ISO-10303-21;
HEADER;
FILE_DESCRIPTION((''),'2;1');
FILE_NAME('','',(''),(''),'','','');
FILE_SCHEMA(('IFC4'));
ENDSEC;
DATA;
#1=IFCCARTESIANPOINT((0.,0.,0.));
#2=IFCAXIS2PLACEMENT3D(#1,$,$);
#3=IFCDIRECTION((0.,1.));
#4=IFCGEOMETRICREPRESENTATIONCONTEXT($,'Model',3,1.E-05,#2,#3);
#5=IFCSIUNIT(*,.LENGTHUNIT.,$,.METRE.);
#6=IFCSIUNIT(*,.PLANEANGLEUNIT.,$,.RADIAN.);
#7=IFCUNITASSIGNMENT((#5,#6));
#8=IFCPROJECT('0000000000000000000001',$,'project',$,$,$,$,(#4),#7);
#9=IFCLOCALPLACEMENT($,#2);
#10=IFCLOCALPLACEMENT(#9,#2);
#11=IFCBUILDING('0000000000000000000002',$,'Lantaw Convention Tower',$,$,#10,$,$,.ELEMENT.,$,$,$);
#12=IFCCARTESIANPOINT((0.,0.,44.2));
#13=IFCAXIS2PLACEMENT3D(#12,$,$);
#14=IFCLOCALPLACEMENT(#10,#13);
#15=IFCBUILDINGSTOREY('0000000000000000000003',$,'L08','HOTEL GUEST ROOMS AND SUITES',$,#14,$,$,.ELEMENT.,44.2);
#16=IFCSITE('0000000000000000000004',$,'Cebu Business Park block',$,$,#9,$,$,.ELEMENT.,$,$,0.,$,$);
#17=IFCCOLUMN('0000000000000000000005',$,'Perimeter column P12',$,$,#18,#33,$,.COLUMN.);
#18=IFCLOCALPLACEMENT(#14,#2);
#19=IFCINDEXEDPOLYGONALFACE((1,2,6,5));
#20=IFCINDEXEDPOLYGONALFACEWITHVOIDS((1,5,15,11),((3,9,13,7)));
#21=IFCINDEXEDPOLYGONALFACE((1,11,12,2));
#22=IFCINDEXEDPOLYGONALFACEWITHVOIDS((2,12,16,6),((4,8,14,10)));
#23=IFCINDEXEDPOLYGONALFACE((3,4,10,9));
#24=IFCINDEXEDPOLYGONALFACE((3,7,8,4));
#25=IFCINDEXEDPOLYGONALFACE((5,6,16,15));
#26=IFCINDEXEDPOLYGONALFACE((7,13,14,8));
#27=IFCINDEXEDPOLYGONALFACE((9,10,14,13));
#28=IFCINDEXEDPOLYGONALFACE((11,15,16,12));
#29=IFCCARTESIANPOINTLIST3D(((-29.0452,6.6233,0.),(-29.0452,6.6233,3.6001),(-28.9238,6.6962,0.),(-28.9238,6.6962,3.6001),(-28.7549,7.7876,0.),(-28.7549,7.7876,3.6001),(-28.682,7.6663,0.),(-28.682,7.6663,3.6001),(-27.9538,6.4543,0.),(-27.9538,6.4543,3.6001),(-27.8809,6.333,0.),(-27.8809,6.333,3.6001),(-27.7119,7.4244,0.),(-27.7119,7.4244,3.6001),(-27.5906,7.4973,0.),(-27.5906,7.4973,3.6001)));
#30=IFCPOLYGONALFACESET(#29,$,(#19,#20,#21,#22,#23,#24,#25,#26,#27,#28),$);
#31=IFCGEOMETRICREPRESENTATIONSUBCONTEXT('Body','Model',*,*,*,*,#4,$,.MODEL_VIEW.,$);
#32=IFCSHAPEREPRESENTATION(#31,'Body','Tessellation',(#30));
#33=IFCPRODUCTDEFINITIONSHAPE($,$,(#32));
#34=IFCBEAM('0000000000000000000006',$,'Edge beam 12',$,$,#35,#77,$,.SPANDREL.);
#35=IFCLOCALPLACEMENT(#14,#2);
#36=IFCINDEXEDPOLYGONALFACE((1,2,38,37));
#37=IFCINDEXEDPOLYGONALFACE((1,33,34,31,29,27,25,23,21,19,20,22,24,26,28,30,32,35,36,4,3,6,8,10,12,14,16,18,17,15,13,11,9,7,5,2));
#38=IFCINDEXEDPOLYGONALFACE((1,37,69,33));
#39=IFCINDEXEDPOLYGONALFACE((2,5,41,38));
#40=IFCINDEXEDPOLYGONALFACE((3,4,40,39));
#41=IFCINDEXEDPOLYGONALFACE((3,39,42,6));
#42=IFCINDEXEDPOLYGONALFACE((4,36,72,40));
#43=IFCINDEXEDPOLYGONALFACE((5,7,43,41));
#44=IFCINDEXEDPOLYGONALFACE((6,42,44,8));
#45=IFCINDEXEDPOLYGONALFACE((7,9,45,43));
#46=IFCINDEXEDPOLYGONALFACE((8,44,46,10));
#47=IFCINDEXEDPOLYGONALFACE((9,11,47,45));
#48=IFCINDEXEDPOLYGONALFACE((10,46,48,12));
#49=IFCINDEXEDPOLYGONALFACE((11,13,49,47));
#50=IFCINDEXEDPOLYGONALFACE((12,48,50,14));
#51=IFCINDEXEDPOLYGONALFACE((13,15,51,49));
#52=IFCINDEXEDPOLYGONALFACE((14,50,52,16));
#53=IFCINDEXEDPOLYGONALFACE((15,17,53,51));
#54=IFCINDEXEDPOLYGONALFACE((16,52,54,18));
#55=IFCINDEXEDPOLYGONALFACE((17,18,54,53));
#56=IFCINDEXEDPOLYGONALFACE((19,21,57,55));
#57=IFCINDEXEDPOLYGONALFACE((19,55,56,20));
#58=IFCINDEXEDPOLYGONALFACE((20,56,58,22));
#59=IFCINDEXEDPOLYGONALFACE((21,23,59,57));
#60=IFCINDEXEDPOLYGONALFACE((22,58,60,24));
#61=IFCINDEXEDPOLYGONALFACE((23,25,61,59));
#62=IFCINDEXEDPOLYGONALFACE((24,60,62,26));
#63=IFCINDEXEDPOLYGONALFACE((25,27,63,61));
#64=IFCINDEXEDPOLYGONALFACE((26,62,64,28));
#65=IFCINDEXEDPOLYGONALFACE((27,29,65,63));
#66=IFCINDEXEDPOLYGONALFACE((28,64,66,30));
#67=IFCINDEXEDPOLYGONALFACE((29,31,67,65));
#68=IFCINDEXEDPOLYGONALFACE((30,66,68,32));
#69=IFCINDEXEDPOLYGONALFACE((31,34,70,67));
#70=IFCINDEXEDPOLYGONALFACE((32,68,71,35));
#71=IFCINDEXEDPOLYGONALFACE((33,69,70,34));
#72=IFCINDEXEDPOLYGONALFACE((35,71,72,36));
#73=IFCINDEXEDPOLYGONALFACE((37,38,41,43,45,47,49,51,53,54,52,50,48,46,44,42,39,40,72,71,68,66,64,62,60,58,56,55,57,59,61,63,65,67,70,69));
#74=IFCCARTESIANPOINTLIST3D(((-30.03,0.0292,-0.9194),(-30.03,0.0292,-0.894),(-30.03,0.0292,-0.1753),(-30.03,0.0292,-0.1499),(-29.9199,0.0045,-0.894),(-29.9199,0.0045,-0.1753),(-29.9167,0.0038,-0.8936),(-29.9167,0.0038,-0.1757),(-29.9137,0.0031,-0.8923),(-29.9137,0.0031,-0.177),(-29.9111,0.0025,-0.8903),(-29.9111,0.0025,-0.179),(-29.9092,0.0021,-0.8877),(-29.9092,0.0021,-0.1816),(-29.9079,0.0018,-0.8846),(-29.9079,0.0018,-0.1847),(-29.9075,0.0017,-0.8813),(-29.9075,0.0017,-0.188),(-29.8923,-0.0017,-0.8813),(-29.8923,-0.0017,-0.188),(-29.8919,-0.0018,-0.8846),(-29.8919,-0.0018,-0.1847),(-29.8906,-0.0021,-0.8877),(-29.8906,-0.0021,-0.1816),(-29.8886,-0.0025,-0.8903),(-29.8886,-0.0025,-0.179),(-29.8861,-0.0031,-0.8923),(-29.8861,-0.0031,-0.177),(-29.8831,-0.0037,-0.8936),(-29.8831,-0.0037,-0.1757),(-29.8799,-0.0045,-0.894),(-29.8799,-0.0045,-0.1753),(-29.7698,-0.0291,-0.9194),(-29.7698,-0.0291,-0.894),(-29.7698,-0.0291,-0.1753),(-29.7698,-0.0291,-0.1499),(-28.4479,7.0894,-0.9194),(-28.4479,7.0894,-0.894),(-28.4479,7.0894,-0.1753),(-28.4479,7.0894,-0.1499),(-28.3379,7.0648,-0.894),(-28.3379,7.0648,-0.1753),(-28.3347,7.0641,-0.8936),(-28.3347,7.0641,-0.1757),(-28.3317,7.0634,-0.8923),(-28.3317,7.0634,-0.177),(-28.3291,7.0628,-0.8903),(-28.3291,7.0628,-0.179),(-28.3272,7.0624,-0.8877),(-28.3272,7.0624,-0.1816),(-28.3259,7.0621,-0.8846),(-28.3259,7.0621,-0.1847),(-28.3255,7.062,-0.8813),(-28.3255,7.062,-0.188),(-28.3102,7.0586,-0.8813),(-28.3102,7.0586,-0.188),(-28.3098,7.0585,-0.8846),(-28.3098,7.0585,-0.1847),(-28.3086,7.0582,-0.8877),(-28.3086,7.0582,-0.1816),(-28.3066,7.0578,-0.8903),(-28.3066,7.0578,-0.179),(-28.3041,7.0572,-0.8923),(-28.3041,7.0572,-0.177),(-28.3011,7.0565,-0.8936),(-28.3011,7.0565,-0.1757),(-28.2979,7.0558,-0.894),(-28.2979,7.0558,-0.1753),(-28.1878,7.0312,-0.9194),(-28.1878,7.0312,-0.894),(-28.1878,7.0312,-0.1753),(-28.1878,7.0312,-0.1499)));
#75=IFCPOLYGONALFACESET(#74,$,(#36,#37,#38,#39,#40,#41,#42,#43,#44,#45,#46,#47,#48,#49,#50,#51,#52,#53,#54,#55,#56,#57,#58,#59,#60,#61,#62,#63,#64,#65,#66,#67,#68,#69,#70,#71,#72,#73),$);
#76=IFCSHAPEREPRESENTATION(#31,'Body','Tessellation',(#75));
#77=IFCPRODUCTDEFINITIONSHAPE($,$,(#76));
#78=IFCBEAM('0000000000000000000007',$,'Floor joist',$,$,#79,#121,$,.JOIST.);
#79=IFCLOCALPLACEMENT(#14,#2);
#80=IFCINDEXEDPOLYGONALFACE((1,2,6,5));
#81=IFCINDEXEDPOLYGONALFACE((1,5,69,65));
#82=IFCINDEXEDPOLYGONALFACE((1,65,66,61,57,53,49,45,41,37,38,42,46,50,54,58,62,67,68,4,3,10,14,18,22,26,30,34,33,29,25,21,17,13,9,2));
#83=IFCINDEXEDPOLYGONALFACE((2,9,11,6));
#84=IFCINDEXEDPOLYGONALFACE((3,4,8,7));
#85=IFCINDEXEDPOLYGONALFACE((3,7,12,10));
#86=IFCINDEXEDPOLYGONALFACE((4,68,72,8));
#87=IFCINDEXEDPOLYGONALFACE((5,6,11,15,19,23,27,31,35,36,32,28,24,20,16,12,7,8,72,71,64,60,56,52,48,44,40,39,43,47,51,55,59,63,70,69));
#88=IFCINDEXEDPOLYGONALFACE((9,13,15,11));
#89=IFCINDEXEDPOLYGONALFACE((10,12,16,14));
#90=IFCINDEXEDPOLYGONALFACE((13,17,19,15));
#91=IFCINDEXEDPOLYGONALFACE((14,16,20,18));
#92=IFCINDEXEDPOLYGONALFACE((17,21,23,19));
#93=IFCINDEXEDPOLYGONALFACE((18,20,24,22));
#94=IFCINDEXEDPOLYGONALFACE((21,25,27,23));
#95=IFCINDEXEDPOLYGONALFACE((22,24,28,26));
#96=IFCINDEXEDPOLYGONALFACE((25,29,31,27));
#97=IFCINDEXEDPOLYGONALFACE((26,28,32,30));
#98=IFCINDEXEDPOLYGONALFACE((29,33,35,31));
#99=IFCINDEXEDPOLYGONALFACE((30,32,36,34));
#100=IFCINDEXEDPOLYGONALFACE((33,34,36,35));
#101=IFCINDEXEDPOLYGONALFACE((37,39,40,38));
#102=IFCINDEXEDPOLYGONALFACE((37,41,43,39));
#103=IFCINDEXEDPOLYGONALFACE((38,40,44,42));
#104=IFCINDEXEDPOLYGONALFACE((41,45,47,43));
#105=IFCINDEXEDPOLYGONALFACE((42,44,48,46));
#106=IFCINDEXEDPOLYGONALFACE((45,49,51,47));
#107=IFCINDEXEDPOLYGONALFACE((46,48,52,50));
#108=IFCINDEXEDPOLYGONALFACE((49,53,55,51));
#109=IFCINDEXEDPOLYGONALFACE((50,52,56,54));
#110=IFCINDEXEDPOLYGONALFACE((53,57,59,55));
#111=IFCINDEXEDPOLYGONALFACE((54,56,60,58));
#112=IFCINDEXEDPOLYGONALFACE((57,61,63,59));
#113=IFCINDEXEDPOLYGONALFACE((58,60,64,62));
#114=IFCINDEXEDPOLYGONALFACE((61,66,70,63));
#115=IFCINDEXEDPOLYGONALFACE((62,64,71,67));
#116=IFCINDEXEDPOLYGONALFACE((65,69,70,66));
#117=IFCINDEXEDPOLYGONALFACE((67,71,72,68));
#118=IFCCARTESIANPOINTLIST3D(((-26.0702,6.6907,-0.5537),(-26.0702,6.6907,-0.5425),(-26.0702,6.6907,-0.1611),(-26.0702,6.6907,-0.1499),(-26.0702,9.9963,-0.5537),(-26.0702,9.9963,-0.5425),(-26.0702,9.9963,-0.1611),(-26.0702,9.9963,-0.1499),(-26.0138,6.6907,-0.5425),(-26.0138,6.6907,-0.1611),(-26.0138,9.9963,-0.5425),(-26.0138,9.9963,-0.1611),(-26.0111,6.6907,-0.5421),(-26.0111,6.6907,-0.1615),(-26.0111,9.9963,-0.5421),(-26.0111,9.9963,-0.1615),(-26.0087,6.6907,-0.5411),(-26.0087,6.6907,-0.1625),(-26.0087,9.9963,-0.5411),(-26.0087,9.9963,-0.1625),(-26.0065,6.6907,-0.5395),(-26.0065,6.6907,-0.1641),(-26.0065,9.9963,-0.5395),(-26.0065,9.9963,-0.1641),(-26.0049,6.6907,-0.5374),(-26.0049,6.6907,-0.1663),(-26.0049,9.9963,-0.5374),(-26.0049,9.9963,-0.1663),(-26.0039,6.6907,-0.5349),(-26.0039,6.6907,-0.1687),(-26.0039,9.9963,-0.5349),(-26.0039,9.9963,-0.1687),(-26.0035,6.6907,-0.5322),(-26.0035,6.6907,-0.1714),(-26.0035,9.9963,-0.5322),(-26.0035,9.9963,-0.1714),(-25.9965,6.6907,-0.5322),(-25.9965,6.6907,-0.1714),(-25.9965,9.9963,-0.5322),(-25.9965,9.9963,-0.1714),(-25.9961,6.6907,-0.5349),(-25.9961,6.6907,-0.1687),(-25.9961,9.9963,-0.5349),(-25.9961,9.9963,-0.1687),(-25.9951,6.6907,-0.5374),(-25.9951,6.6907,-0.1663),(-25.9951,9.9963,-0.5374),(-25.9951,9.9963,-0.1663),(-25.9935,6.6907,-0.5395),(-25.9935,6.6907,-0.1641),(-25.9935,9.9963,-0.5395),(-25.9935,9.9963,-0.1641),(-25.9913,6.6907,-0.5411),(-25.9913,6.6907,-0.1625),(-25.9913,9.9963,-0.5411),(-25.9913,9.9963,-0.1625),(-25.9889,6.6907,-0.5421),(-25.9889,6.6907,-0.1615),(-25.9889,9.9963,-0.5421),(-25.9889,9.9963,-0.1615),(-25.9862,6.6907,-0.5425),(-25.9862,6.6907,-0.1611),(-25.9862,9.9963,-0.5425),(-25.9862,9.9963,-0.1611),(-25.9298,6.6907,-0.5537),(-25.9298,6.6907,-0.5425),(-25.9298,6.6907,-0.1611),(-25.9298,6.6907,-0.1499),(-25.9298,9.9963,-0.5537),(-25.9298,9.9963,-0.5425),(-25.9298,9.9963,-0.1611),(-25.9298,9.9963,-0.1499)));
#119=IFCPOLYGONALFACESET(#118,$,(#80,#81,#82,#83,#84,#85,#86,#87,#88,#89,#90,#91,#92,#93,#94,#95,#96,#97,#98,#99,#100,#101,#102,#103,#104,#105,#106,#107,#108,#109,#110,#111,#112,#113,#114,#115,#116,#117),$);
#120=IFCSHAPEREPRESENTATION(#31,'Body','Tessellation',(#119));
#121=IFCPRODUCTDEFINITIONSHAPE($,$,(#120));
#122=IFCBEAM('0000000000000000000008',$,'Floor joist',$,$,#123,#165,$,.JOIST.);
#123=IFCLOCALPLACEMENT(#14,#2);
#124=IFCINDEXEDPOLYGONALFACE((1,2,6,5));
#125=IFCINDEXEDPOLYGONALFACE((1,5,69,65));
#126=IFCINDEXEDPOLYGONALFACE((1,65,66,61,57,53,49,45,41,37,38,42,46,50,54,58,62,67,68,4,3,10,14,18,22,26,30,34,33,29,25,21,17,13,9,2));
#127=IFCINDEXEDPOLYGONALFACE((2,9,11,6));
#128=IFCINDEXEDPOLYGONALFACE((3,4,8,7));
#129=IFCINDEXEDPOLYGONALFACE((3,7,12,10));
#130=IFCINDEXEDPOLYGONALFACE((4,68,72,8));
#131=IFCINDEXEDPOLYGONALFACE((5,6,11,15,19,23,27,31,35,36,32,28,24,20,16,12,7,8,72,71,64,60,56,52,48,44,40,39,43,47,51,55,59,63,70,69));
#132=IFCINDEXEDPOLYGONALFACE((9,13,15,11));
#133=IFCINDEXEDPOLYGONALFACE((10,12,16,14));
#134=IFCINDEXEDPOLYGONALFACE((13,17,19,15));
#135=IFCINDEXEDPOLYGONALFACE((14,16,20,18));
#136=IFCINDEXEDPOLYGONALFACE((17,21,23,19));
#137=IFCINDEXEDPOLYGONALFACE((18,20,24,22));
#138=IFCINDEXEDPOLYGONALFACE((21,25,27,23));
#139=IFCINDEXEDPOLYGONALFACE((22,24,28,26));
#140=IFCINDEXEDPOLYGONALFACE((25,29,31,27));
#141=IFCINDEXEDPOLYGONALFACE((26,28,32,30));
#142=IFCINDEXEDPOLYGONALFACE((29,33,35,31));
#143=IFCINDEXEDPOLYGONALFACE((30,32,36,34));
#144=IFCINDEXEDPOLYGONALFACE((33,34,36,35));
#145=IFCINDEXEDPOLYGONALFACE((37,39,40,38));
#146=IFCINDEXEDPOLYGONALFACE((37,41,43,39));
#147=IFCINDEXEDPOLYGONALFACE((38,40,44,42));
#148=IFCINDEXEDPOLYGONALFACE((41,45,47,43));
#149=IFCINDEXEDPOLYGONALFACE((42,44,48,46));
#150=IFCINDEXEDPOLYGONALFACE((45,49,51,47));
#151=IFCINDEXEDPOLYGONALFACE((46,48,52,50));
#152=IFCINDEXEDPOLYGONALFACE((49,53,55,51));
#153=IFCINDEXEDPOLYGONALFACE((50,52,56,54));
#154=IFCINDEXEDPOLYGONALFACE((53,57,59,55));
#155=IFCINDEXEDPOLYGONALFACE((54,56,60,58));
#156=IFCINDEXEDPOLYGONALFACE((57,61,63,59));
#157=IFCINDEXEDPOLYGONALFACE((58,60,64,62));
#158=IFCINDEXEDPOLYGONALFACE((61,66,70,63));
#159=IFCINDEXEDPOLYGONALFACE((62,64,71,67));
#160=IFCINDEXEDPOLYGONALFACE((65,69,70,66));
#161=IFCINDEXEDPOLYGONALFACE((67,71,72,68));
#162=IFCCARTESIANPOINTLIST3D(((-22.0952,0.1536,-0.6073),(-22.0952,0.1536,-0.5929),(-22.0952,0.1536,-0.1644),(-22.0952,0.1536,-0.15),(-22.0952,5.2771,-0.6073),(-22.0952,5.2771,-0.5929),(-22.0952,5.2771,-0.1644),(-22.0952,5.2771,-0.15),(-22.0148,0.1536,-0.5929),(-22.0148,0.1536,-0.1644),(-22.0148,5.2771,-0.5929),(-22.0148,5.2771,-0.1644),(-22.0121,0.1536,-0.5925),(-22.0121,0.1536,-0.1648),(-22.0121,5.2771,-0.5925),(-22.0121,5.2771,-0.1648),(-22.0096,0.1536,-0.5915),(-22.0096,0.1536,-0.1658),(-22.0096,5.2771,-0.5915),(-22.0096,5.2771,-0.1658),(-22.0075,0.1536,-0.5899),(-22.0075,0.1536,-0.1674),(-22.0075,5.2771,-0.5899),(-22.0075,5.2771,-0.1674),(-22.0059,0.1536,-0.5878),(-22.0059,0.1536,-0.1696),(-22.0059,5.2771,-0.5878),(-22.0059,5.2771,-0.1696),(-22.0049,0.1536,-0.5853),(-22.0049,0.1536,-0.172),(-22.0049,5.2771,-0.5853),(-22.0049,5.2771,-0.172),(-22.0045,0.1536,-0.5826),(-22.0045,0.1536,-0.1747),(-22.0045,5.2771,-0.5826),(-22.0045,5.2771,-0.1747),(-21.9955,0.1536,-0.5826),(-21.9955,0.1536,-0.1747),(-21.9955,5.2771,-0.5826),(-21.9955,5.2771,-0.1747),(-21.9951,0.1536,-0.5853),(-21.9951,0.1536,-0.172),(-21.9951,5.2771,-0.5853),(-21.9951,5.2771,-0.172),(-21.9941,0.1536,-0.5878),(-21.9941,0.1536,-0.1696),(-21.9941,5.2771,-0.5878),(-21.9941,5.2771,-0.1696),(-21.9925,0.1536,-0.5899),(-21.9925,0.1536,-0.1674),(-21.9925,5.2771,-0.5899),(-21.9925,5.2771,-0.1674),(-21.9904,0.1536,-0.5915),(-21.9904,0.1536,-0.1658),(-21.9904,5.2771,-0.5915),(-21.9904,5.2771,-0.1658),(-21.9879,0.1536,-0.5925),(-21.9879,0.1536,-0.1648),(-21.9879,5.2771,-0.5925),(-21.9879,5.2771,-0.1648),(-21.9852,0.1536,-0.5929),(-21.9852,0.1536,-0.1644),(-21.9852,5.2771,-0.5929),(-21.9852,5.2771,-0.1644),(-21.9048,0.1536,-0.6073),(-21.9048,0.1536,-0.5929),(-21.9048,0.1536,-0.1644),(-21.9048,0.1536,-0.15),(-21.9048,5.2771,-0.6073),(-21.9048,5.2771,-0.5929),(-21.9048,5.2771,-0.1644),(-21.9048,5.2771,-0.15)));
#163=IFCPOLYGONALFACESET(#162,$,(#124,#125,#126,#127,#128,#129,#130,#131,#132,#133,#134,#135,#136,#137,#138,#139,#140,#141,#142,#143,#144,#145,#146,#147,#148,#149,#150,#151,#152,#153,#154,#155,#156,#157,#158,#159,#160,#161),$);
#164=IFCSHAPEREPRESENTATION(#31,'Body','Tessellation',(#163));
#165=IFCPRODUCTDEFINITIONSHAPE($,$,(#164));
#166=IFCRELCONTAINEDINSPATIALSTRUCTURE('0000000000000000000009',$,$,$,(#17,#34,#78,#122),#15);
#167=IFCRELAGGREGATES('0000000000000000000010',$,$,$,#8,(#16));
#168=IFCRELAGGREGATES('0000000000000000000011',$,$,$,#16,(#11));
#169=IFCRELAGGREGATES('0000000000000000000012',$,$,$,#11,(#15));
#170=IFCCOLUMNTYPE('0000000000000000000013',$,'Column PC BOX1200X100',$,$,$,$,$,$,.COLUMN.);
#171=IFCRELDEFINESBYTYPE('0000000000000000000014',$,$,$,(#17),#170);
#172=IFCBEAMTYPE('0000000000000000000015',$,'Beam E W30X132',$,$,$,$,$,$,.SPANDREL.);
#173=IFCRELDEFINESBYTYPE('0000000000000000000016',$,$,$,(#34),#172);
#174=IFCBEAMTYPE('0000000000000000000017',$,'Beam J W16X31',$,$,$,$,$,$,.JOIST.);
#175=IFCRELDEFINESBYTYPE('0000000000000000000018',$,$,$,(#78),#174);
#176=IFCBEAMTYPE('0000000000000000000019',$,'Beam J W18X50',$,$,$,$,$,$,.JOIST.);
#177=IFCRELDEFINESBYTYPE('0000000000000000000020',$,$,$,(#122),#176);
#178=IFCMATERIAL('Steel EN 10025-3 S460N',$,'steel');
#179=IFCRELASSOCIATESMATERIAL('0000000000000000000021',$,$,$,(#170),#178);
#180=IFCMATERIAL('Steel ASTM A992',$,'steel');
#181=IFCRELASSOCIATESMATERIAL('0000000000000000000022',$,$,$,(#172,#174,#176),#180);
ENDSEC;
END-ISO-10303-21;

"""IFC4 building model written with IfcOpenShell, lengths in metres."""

from ifc_helpers import new_model, si_unit, direction, frame, origin, origin_2d, place, context, subcontext, project, spatial, rectangle, hollow_rectangle, i_section, extrude, material, material_profile, profile_set, type_object, element, save


model = new_model("IFC4")

# Units and contexts
model_context = context("Model", 3, precision=1e-05, world=origin(), true_north=direction((0.0, 1.0)))
body_context = subcontext(model_context, "Body", "Model", "MODEL_VIEW")
ifc_project = project(units=[si_unit("LENGTHUNIT", "METRE"), si_unit("PLANEANGLEUNIT", "RADIAN")], contexts=[model_context])

# Site, building, storey
site_placement = place(None, origin())
site = spatial("IfcSite", under=ifc_project, at=site_placement, Name="Cebu Business Park block", CompositionType="ELEMENT", RefElevation=0.0)
building_placement = place(site_placement, origin())
building = spatial("IfcBuilding", under=site, at=building_placement, Name="Lantaw Convention Tower", CompositionType="ELEMENT")
storey_placement = place(building_placement, frame((0.0, 0.0, 44.2)))
storey = spatial("IfcBuildingStorey", under=building, at=storey_placement, Name="L08", Description="HOTEL GUEST ROOMS AND SUITES", CompositionType="ELEMENT", Elevation=44.2)

# Column
ifc_material_1 = material(Name="Steel EN 10025-3 S460N", Category="steel")
ifc_material_profile_1 = material_profile(ifc_material_1, hollow_rectangle(XDim=1.2, YDim=1.2, WallThickness=0.1001, at=origin_2d()), Name="BOX1200X100")
ifc_material_2 = material(Name="Concrete C60/75", Category="concrete")
ifc_material_profile_2 = material_profile(ifc_material_2, rectangle(XDim=1.0, YDim=1.0, at=origin_2d()), Name="Concrete fill of BOX1200X100")
ifc_profile_set_1 = profile_set([ifc_material_profile_1, ifc_material_profile_2], Name="Steel EN 10025-3 S460N")
column_type = type_object("IfcColumnType", Name="Column PC BOX1200X100", PredefinedType="COLUMN", material=ifc_profile_set_1)
column_placement = place(storey_placement, frame((-28.3179, 7.0603, 0.0), z_axis=(0.0, 0.0, 1.0), x_axis=(0.241922, 0.970296, 0.0)))
element("IfcColumn", 1, at=column_placement, inside=storey, type_object=column_type, Name="Perimeter column P12", PredefinedType="COLUMN", context=body_context, shape_type="SweptSolid", body=[
    extrude(hollow_rectangle(XDim=1.2, YDim=1.2, WallThickness=0.1001, at=origin_2d()), origin(), (0.0, 0.0, 1.0), 3.6001),
])

# Beams
ifc_material_3 = material(Name="Steel ASTM A992", Category="steel")
ifc_material_profile_3 = material_profile(ifc_material_3, i_section(OverallWidth=0.2666, OverallDepth=0.7695, WebThickness=0.0156, FlangeThickness=0.0254, FilletRadius=0.0127, at=origin_2d()), Name="W30X132")
ifc_profile_set_2 = profile_set([ifc_material_profile_3], Name="Steel ASTM A992")
beam_type_1 = type_object("IfcBeamType", Name="Beam E W30X132", PredefinedType="SPANDREL", material=ifc_profile_set_2)
beam_1_placement = place(storey_placement, frame((-28.3179, 7.0603, -0.5347), z_axis=(-0.218652, -0.975803, 0.0), x_axis=(0.975803, -0.218652, 0.0)))
element("IfcBeam", 2, at=beam_1_placement, inside=storey, type_object=beam_type_1, Name="Edge beam 12", PredefinedType="SPANDREL", context=body_context, shape_type="SweptSolid", body=[
    extrude(i_section(OverallWidth=0.2666, OverallDepth=0.7695, WebThickness=0.0156, FlangeThickness=0.0254, FilletRadius=0.0127, at=origin_2d()), origin(), (0.0, 0.0, 1.0), 7.2354),
])
ifc_material_profile_4 = material_profile(ifc_material_3, i_section(OverallWidth=0.1404, OverallDepth=0.4038, WebThickness=0.0071, FlangeThickness=0.0112, FilletRadius=0.0103, at=origin_2d()), Name="W16X31")
ifc_profile_set_3 = profile_set([ifc_material_profile_4], Name="Steel ASTM A992")
beam_type_2 = type_object("IfcBeamType", Name="Beam J W16X31", PredefinedType="JOIST", material=ifc_profile_set_3)
beam_2_placement = place(storey_placement, frame((-26.0, 6.6907, -0.3518), z_axis=(0.0, 1.0, 0.0), x_axis=(-1.0, 0.0, 0.0)))
element("IfcBeam", 3, at=beam_2_placement, inside=storey, type_object=beam_type_2, Name="Floor joist", PredefinedType="JOIST", context=body_context, shape_type="SweptSolid", body=[
    extrude(i_section(OverallWidth=0.1404, OverallDepth=0.4038, WebThickness=0.0071, FlangeThickness=0.0112, FilletRadius=0.0103, at=origin_2d()), origin(), (0.0, 0.0, 1.0), 3.3057),
])
ifc_material_profile_5 = material_profile(ifc_material_3, i_section(OverallWidth=0.1904, OverallDepth=0.4573, WebThickness=0.009, FlangeThickness=0.0144, FilletRadius=0.0103, at=origin_2d()), Name="W18X50")
ifc_profile_set_4 = profile_set([ifc_material_profile_5], Name="Steel ASTM A992")
beam_type_3 = type_object("IfcBeamType", Name="Beam J W18X50", PredefinedType="JOIST", material=ifc_profile_set_4)
beam_3_placement = place(storey_placement, frame((-22.0, 0.1536, -0.3787), z_axis=(0.0, 1.0, 0.0), x_axis=(-1.0, 0.0, 0.0)))
element("IfcBeam", 4, at=beam_3_placement, inside=storey, type_object=beam_type_3, Name="Floor joist", PredefinedType="JOIST", context=body_context, shape_type="SweptSolid", body=[
    extrude(i_section(OverallWidth=0.1904, OverallDepth=0.4573, WebThickness=0.009, FlangeThickness=0.0144, FilletRadius=0.0103, at=origin_2d()), origin(), (0.0, 0.0, 1.0), 5.1235),
])

save(model, "model.ifc")
